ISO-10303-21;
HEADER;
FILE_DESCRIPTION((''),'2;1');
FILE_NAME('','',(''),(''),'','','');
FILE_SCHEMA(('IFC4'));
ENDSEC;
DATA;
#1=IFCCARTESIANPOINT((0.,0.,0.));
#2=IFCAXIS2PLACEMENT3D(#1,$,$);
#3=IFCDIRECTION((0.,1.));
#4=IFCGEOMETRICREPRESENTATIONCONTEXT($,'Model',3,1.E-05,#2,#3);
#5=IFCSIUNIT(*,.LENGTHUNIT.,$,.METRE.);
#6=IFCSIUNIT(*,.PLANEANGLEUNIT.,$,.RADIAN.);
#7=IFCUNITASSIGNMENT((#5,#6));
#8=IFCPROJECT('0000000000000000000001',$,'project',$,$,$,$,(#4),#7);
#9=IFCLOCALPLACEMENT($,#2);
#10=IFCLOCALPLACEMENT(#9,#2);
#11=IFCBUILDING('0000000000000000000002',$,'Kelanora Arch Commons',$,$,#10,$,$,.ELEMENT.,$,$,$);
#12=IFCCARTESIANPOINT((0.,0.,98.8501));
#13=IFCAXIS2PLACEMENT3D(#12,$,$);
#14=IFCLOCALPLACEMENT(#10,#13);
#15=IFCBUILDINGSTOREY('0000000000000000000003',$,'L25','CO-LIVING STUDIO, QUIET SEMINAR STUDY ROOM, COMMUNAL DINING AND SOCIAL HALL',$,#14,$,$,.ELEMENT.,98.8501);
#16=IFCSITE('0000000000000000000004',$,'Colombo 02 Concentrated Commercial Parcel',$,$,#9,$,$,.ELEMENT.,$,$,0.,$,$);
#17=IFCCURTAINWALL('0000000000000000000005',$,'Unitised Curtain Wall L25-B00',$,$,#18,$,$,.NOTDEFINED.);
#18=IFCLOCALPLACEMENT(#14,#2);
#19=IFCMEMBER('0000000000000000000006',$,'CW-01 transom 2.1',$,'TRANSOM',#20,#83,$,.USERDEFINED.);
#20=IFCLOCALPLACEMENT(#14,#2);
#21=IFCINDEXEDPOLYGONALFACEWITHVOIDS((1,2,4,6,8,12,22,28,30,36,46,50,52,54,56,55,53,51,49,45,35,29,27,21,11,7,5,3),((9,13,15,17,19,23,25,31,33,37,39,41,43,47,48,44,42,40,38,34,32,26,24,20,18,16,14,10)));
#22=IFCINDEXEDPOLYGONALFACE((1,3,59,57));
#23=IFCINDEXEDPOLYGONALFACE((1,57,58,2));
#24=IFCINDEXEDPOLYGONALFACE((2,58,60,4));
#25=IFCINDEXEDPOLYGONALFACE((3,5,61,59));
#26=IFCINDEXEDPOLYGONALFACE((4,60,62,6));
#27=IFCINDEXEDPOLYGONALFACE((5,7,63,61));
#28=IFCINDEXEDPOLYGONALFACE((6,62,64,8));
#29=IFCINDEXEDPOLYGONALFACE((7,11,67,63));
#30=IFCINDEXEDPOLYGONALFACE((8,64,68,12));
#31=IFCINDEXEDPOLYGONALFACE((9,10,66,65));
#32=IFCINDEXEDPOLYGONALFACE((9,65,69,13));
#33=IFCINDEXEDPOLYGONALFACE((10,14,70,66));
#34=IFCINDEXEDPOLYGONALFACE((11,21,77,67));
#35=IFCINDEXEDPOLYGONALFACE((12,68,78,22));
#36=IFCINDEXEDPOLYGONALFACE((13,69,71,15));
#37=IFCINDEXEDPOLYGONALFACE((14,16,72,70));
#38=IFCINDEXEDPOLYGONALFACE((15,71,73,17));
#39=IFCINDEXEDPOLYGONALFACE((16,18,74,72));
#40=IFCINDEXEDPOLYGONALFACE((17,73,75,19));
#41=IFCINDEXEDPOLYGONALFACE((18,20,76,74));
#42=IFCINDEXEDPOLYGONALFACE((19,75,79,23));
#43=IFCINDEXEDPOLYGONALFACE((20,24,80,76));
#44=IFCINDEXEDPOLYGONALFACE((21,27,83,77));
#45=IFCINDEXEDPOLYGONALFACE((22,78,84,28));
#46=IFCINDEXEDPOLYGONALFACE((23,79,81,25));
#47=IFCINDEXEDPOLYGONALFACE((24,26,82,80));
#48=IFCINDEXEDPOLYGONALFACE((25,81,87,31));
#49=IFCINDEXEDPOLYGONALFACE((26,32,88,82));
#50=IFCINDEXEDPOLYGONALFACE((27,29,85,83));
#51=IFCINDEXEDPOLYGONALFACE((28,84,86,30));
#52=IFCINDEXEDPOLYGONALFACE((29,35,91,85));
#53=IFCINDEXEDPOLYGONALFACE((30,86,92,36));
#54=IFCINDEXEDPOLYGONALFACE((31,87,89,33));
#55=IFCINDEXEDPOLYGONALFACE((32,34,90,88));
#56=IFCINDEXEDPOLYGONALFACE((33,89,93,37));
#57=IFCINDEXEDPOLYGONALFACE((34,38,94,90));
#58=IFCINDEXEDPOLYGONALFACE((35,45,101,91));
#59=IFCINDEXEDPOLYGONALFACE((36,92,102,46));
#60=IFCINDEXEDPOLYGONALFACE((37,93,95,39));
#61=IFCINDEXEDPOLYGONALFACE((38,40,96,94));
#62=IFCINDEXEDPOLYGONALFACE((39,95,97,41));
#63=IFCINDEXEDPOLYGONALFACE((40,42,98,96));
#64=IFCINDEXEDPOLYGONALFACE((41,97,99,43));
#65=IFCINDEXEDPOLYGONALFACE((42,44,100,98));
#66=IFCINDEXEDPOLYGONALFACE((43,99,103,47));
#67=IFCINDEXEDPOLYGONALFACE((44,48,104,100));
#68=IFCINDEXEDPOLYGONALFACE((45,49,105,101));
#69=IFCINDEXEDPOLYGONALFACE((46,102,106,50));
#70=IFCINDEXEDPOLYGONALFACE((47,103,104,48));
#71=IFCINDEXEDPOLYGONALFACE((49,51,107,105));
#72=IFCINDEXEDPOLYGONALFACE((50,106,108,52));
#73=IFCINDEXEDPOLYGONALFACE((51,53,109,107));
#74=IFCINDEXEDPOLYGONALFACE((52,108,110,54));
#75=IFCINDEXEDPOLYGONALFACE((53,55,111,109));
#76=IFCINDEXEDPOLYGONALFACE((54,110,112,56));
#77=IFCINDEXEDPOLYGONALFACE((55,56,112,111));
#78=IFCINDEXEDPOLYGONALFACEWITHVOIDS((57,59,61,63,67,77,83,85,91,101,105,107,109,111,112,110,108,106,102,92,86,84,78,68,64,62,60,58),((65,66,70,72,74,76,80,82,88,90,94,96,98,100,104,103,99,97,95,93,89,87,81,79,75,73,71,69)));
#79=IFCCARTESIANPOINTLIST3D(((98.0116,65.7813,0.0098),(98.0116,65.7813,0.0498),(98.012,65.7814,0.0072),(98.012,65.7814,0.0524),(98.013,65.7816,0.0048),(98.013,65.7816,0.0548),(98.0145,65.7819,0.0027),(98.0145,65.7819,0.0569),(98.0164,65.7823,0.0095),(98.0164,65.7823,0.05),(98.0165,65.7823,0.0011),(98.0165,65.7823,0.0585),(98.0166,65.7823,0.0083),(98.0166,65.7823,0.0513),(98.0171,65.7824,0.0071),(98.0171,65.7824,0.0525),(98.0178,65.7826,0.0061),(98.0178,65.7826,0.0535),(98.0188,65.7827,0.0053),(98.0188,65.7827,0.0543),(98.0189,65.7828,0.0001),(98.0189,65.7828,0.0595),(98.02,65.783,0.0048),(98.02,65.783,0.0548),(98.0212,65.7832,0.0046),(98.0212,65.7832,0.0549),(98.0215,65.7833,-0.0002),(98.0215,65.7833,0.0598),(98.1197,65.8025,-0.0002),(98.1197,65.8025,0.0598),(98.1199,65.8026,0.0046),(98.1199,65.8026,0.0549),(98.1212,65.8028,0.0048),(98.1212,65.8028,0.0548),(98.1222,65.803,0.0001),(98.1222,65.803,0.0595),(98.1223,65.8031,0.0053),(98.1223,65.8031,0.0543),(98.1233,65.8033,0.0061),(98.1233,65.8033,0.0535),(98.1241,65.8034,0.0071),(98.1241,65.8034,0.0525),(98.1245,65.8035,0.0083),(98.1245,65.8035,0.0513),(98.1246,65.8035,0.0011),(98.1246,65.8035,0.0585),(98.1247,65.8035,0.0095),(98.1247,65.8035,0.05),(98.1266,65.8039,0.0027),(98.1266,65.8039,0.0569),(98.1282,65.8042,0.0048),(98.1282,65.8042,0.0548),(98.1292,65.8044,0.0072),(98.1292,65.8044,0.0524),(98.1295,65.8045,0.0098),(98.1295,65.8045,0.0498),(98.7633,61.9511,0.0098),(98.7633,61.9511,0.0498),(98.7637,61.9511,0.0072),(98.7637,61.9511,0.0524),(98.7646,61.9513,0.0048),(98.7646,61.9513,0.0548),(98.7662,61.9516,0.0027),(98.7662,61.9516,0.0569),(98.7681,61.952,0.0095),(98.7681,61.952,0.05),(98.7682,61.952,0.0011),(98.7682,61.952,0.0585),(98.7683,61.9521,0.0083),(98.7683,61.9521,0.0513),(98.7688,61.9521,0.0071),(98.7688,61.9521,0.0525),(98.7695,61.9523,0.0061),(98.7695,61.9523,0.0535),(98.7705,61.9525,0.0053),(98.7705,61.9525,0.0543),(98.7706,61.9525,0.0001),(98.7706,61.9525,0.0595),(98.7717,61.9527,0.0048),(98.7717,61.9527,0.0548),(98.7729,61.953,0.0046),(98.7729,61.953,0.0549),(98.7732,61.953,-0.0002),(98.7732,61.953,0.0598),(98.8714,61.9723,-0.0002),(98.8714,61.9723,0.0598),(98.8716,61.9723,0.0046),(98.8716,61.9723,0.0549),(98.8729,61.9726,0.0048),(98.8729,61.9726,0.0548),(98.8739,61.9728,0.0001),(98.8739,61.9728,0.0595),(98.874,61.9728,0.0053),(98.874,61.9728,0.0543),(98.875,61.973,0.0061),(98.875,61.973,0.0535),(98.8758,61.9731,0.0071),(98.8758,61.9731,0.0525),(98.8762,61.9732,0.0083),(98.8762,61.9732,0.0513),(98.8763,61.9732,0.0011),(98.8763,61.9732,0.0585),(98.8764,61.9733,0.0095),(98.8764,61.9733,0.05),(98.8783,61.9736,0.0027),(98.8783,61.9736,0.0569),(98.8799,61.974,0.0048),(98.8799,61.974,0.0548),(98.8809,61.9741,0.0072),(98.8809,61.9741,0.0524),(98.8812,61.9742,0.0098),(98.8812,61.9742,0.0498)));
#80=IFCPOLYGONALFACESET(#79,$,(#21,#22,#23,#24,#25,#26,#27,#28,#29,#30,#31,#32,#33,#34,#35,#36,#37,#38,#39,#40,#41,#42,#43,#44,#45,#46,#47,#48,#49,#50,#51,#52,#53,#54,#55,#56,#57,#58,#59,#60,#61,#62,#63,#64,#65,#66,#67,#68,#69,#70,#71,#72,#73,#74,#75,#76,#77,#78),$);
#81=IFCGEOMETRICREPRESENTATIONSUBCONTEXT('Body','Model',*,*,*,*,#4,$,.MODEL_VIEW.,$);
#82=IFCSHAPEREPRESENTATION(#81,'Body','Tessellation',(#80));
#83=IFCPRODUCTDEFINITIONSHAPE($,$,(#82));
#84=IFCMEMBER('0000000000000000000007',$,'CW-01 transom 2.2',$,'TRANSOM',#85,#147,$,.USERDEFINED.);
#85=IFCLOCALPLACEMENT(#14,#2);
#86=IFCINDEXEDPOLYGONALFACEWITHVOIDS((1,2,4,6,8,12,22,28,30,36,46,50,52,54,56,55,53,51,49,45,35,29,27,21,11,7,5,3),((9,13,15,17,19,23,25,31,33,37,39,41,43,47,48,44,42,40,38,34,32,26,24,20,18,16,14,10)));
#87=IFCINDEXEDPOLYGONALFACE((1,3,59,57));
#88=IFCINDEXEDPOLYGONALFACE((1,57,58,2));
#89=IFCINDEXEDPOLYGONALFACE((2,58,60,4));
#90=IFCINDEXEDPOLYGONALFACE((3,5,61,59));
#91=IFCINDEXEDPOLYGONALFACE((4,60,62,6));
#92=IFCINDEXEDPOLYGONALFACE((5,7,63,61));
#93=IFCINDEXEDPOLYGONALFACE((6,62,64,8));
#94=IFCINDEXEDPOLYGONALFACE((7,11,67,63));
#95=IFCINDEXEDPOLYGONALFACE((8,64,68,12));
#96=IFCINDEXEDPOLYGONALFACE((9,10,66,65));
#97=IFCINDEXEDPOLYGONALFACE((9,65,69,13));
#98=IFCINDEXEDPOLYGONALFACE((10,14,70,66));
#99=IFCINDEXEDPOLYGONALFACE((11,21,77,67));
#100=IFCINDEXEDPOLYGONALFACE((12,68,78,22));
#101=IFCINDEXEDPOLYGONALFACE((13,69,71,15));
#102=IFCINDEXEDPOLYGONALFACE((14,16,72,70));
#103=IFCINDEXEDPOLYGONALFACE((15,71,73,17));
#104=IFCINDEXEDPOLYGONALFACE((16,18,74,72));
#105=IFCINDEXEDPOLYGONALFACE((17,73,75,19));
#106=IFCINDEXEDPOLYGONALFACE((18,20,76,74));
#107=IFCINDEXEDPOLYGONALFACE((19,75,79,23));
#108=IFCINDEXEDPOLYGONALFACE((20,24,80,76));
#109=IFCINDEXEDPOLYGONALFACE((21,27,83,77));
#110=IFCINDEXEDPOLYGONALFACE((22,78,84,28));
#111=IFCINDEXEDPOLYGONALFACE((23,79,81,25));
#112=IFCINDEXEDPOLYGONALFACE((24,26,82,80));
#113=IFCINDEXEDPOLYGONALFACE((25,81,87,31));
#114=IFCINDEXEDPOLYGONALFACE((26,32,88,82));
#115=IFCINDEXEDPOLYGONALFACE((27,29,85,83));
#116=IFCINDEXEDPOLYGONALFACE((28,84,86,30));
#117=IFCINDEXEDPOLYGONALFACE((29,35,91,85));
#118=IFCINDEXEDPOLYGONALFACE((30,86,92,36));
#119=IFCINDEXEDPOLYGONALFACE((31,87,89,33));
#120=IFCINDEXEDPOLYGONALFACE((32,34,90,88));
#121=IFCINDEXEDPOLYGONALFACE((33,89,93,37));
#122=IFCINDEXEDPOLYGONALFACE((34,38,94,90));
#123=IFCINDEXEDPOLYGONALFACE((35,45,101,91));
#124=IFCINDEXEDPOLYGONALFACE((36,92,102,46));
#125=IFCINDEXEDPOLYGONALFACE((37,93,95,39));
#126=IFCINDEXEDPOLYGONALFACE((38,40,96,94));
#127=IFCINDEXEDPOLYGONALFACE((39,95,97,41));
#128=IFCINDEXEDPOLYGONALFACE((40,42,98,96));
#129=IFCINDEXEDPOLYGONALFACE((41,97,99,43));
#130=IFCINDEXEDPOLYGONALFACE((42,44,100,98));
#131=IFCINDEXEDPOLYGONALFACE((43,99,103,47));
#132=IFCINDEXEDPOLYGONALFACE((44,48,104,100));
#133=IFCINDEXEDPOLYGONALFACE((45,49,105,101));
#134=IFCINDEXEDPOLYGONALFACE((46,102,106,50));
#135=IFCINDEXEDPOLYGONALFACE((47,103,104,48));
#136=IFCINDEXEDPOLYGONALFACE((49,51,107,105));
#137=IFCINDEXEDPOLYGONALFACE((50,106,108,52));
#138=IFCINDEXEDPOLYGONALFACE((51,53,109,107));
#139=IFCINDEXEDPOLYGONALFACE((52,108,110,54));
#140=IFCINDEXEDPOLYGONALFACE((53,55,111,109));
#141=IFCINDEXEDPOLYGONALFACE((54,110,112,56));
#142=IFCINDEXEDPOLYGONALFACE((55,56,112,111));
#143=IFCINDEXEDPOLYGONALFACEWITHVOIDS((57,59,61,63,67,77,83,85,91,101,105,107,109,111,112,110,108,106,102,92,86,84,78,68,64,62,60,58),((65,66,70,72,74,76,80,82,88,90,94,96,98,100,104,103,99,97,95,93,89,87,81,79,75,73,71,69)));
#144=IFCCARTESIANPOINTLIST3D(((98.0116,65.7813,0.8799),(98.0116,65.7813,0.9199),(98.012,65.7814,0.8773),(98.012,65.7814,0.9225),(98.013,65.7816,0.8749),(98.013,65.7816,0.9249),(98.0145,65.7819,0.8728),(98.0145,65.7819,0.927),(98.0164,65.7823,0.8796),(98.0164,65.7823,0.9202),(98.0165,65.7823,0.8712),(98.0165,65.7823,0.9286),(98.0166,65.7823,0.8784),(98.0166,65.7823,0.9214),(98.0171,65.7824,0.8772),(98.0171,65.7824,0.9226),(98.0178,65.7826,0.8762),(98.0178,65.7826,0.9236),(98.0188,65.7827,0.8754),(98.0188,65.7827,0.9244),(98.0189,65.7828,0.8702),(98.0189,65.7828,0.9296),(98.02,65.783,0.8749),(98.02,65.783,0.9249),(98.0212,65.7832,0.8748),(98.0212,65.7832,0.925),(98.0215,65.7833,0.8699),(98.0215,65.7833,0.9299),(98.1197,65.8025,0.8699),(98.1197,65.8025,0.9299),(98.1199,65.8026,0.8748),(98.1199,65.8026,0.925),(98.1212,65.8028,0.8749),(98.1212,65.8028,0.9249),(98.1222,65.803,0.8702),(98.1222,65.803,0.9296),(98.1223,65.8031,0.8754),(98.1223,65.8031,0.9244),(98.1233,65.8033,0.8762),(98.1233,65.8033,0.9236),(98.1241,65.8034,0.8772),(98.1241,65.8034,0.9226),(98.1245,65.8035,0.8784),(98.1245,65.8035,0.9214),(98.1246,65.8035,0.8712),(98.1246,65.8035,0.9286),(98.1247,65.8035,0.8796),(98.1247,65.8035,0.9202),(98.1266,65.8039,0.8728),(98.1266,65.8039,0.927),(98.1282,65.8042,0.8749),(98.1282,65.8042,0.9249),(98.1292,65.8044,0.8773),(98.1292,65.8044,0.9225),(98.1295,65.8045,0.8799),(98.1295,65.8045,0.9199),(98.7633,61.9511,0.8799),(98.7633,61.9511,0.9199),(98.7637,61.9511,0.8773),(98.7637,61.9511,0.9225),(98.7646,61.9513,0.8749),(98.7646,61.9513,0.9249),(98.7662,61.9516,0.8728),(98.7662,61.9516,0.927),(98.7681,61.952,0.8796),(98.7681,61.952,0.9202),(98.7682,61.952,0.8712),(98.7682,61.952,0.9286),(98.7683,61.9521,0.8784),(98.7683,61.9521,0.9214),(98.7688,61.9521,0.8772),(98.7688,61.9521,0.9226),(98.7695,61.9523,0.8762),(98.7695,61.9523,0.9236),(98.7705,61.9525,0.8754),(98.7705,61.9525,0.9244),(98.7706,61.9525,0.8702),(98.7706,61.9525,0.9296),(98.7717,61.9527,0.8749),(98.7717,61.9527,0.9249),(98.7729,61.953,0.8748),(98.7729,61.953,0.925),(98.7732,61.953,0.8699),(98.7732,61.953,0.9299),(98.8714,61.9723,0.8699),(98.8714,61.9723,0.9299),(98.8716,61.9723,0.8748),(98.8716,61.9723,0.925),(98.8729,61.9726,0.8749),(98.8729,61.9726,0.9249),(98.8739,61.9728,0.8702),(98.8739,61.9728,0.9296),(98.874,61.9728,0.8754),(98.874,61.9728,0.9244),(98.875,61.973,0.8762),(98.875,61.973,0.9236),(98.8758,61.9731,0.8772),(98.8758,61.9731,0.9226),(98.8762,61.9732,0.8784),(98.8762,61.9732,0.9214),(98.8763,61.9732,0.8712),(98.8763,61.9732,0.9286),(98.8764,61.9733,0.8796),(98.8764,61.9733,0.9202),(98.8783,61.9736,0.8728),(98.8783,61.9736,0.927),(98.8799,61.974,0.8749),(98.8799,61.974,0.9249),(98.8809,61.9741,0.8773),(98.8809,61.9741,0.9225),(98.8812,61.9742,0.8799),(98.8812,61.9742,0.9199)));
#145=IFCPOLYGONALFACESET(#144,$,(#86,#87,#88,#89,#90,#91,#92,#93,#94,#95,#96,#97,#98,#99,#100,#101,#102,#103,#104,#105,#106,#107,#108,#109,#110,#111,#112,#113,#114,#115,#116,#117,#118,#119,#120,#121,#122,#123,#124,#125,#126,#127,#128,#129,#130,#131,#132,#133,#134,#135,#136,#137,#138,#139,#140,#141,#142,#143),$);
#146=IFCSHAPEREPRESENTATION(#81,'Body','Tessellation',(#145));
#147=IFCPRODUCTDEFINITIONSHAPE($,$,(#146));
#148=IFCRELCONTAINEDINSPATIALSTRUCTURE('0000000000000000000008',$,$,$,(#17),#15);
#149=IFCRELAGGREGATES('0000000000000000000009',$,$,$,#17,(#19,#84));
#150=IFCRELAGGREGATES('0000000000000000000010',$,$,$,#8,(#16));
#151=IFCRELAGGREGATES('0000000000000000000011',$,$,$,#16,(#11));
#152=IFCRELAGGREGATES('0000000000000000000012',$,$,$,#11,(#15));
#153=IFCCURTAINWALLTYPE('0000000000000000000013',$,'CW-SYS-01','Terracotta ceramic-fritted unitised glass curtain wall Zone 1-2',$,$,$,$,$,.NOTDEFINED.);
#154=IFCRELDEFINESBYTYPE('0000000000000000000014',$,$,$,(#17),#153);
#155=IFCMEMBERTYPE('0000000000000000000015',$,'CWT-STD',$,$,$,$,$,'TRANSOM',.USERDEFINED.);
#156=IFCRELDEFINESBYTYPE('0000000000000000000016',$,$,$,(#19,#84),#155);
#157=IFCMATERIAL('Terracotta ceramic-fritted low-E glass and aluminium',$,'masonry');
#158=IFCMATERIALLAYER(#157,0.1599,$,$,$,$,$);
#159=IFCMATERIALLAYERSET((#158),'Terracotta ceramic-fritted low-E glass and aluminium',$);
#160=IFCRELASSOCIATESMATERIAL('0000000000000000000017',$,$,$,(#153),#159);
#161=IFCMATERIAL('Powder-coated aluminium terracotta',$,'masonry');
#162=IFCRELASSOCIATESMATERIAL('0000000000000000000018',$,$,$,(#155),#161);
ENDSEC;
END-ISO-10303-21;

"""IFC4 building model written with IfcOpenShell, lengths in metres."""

from ifc_helpers import new_model, si_unit, direction, frame, origin, origin_2d, place, context, subcontext, project, spatial, hollow_rectangle, extrude, material, layer, layer_set, material_profile, profile_set, type_object, element, aggregate, save


model = new_model("IFC4")

# Units and contexts
model_context = context("Model", 3, precision=1e-05, world=origin(), true_north=direction((0.0, 1.0)))
body_context = subcontext(model_context, "Body", "Model", "MODEL_VIEW")
ifc_project = project(units=[si_unit("LENGTHUNIT", "METRE"), si_unit("PLANEANGLEUNIT", "RADIAN")], contexts=[model_context])

# Site, building, storey
site_placement = place(None, origin())
site = spatial("IfcSite", under=ifc_project, at=site_placement, Name="Colombo 02 Concentrated Commercial Parcel", CompositionType="ELEMENT", RefElevation=0.0)
building_placement = place(site_placement, origin())
building = spatial("IfcBuilding", under=site, at=building_placement, Name="Kelanora Arch Commons", CompositionType="ELEMENT")
storey_placement = place(building_placement, frame((0.0, 0.0, 98.8501)))
storey = spatial("IfcBuildingStorey", under=building, at=storey_placement, Name="L25", Description="CO-LIVING STUDIO, QUIET SEMINAR STUDY ROOM, COMMUNAL DINING AND SOCIAL HALL", CompositionType="ELEMENT", Elevation=98.8501)

# Curtain wall, members
ifc_material_1 = material(Name="Terracotta ceramic-fritted low-E glass and aluminium", Category="masonry")
ifc_layer_1 = layer(ifc_material_1, 0.1599)
ifc_layer_set_1 = layer_set([ifc_layer_1], Name="Terracotta ceramic-fritted low-E glass and aluminium")
curtain_wall_type = type_object("IfcCurtainWallType", Name="CW-SYS-01", Description="Terracotta ceramic-fritted unitised glass curtain wall Zone 1-2", PredefinedType="NOTDEFINED", material=ifc_layer_set_1)
curtain_wall_placement = place(storey_placement, origin())
curtain_wall = element("IfcCurtainWall", 1, at=curtain_wall_placement, inside=storey, type_object=curtain_wall_type, Name="Unitised Curtain Wall L25-B00", PredefinedType="NOTDEFINED")
ifc_material_2 = material(Name="Powder-coated aluminium terracotta", Category="masonry")
ifc_material_profile_1 = material_profile(ifc_material_2, hollow_rectangle(XDim=0.1201, YDim=0.0601, WallThickness=0.0049, InnerFilletRadius=0.0049, OuterFilletRadius=0.01, at=origin_2d()), Name="CWT120x60")
ifc_profile_set_1 = profile_set([ifc_material_profile_1], Name="Powder-coated aluminium terracotta")
member_type_1 = type_object("IfcMemberType", Name="CWT-STD", ElementType="TRANSOM", PredefinedType="USERDEFINED", material=ifc_profile_set_1)
member_1_placement = place(storey_placement, frame((98.8223, 61.9626, 0.0298), z_axis=(-0.192579, 0.981282, 0.0), x_axis=(-0.981282, -0.192579, 0.0)))
member_1 = element("IfcMember", 2, at=member_1_placement, type_object=member_type_1, Name="CW-01 transom 2.1", ObjectType="TRANSOM", PredefinedType="USERDEFINED", context=body_context, shape_type="SweptSolid", body=[
    extrude(hollow_rectangle(XDim=0.1201, YDim=0.0601, WallThickness=0.0049, InnerFilletRadius=0.0049, OuterFilletRadius=0.01, at=origin_2d()), origin(), (0.0, 0.0, 1.0), 3.9033),
])
member_2_placement = place(storey_placement, frame((98.8223, 61.9626, 0.8999), z_axis=(-0.192579, 0.981282, 0.0), x_axis=(-0.981282, -0.192579, 0.0)))
member_2 = element("IfcMember", 3, at=member_2_placement, type_object=member_type_1, Name="CW-01 transom 2.2", ObjectType="TRANSOM", PredefinedType="USERDEFINED", context=body_context, shape_type="SweptSolid", body=[
    extrude(hollow_rectangle(XDim=0.1201, YDim=0.0601, WallThickness=0.0049, InnerFilletRadius=0.0049, OuterFilletRadius=0.01, at=origin_2d()), origin(), (0.0, 0.0, 1.0), 3.9033),
])
aggregate(curtain_wall, [member_1, member_2])

save(model, "model.ifc")
